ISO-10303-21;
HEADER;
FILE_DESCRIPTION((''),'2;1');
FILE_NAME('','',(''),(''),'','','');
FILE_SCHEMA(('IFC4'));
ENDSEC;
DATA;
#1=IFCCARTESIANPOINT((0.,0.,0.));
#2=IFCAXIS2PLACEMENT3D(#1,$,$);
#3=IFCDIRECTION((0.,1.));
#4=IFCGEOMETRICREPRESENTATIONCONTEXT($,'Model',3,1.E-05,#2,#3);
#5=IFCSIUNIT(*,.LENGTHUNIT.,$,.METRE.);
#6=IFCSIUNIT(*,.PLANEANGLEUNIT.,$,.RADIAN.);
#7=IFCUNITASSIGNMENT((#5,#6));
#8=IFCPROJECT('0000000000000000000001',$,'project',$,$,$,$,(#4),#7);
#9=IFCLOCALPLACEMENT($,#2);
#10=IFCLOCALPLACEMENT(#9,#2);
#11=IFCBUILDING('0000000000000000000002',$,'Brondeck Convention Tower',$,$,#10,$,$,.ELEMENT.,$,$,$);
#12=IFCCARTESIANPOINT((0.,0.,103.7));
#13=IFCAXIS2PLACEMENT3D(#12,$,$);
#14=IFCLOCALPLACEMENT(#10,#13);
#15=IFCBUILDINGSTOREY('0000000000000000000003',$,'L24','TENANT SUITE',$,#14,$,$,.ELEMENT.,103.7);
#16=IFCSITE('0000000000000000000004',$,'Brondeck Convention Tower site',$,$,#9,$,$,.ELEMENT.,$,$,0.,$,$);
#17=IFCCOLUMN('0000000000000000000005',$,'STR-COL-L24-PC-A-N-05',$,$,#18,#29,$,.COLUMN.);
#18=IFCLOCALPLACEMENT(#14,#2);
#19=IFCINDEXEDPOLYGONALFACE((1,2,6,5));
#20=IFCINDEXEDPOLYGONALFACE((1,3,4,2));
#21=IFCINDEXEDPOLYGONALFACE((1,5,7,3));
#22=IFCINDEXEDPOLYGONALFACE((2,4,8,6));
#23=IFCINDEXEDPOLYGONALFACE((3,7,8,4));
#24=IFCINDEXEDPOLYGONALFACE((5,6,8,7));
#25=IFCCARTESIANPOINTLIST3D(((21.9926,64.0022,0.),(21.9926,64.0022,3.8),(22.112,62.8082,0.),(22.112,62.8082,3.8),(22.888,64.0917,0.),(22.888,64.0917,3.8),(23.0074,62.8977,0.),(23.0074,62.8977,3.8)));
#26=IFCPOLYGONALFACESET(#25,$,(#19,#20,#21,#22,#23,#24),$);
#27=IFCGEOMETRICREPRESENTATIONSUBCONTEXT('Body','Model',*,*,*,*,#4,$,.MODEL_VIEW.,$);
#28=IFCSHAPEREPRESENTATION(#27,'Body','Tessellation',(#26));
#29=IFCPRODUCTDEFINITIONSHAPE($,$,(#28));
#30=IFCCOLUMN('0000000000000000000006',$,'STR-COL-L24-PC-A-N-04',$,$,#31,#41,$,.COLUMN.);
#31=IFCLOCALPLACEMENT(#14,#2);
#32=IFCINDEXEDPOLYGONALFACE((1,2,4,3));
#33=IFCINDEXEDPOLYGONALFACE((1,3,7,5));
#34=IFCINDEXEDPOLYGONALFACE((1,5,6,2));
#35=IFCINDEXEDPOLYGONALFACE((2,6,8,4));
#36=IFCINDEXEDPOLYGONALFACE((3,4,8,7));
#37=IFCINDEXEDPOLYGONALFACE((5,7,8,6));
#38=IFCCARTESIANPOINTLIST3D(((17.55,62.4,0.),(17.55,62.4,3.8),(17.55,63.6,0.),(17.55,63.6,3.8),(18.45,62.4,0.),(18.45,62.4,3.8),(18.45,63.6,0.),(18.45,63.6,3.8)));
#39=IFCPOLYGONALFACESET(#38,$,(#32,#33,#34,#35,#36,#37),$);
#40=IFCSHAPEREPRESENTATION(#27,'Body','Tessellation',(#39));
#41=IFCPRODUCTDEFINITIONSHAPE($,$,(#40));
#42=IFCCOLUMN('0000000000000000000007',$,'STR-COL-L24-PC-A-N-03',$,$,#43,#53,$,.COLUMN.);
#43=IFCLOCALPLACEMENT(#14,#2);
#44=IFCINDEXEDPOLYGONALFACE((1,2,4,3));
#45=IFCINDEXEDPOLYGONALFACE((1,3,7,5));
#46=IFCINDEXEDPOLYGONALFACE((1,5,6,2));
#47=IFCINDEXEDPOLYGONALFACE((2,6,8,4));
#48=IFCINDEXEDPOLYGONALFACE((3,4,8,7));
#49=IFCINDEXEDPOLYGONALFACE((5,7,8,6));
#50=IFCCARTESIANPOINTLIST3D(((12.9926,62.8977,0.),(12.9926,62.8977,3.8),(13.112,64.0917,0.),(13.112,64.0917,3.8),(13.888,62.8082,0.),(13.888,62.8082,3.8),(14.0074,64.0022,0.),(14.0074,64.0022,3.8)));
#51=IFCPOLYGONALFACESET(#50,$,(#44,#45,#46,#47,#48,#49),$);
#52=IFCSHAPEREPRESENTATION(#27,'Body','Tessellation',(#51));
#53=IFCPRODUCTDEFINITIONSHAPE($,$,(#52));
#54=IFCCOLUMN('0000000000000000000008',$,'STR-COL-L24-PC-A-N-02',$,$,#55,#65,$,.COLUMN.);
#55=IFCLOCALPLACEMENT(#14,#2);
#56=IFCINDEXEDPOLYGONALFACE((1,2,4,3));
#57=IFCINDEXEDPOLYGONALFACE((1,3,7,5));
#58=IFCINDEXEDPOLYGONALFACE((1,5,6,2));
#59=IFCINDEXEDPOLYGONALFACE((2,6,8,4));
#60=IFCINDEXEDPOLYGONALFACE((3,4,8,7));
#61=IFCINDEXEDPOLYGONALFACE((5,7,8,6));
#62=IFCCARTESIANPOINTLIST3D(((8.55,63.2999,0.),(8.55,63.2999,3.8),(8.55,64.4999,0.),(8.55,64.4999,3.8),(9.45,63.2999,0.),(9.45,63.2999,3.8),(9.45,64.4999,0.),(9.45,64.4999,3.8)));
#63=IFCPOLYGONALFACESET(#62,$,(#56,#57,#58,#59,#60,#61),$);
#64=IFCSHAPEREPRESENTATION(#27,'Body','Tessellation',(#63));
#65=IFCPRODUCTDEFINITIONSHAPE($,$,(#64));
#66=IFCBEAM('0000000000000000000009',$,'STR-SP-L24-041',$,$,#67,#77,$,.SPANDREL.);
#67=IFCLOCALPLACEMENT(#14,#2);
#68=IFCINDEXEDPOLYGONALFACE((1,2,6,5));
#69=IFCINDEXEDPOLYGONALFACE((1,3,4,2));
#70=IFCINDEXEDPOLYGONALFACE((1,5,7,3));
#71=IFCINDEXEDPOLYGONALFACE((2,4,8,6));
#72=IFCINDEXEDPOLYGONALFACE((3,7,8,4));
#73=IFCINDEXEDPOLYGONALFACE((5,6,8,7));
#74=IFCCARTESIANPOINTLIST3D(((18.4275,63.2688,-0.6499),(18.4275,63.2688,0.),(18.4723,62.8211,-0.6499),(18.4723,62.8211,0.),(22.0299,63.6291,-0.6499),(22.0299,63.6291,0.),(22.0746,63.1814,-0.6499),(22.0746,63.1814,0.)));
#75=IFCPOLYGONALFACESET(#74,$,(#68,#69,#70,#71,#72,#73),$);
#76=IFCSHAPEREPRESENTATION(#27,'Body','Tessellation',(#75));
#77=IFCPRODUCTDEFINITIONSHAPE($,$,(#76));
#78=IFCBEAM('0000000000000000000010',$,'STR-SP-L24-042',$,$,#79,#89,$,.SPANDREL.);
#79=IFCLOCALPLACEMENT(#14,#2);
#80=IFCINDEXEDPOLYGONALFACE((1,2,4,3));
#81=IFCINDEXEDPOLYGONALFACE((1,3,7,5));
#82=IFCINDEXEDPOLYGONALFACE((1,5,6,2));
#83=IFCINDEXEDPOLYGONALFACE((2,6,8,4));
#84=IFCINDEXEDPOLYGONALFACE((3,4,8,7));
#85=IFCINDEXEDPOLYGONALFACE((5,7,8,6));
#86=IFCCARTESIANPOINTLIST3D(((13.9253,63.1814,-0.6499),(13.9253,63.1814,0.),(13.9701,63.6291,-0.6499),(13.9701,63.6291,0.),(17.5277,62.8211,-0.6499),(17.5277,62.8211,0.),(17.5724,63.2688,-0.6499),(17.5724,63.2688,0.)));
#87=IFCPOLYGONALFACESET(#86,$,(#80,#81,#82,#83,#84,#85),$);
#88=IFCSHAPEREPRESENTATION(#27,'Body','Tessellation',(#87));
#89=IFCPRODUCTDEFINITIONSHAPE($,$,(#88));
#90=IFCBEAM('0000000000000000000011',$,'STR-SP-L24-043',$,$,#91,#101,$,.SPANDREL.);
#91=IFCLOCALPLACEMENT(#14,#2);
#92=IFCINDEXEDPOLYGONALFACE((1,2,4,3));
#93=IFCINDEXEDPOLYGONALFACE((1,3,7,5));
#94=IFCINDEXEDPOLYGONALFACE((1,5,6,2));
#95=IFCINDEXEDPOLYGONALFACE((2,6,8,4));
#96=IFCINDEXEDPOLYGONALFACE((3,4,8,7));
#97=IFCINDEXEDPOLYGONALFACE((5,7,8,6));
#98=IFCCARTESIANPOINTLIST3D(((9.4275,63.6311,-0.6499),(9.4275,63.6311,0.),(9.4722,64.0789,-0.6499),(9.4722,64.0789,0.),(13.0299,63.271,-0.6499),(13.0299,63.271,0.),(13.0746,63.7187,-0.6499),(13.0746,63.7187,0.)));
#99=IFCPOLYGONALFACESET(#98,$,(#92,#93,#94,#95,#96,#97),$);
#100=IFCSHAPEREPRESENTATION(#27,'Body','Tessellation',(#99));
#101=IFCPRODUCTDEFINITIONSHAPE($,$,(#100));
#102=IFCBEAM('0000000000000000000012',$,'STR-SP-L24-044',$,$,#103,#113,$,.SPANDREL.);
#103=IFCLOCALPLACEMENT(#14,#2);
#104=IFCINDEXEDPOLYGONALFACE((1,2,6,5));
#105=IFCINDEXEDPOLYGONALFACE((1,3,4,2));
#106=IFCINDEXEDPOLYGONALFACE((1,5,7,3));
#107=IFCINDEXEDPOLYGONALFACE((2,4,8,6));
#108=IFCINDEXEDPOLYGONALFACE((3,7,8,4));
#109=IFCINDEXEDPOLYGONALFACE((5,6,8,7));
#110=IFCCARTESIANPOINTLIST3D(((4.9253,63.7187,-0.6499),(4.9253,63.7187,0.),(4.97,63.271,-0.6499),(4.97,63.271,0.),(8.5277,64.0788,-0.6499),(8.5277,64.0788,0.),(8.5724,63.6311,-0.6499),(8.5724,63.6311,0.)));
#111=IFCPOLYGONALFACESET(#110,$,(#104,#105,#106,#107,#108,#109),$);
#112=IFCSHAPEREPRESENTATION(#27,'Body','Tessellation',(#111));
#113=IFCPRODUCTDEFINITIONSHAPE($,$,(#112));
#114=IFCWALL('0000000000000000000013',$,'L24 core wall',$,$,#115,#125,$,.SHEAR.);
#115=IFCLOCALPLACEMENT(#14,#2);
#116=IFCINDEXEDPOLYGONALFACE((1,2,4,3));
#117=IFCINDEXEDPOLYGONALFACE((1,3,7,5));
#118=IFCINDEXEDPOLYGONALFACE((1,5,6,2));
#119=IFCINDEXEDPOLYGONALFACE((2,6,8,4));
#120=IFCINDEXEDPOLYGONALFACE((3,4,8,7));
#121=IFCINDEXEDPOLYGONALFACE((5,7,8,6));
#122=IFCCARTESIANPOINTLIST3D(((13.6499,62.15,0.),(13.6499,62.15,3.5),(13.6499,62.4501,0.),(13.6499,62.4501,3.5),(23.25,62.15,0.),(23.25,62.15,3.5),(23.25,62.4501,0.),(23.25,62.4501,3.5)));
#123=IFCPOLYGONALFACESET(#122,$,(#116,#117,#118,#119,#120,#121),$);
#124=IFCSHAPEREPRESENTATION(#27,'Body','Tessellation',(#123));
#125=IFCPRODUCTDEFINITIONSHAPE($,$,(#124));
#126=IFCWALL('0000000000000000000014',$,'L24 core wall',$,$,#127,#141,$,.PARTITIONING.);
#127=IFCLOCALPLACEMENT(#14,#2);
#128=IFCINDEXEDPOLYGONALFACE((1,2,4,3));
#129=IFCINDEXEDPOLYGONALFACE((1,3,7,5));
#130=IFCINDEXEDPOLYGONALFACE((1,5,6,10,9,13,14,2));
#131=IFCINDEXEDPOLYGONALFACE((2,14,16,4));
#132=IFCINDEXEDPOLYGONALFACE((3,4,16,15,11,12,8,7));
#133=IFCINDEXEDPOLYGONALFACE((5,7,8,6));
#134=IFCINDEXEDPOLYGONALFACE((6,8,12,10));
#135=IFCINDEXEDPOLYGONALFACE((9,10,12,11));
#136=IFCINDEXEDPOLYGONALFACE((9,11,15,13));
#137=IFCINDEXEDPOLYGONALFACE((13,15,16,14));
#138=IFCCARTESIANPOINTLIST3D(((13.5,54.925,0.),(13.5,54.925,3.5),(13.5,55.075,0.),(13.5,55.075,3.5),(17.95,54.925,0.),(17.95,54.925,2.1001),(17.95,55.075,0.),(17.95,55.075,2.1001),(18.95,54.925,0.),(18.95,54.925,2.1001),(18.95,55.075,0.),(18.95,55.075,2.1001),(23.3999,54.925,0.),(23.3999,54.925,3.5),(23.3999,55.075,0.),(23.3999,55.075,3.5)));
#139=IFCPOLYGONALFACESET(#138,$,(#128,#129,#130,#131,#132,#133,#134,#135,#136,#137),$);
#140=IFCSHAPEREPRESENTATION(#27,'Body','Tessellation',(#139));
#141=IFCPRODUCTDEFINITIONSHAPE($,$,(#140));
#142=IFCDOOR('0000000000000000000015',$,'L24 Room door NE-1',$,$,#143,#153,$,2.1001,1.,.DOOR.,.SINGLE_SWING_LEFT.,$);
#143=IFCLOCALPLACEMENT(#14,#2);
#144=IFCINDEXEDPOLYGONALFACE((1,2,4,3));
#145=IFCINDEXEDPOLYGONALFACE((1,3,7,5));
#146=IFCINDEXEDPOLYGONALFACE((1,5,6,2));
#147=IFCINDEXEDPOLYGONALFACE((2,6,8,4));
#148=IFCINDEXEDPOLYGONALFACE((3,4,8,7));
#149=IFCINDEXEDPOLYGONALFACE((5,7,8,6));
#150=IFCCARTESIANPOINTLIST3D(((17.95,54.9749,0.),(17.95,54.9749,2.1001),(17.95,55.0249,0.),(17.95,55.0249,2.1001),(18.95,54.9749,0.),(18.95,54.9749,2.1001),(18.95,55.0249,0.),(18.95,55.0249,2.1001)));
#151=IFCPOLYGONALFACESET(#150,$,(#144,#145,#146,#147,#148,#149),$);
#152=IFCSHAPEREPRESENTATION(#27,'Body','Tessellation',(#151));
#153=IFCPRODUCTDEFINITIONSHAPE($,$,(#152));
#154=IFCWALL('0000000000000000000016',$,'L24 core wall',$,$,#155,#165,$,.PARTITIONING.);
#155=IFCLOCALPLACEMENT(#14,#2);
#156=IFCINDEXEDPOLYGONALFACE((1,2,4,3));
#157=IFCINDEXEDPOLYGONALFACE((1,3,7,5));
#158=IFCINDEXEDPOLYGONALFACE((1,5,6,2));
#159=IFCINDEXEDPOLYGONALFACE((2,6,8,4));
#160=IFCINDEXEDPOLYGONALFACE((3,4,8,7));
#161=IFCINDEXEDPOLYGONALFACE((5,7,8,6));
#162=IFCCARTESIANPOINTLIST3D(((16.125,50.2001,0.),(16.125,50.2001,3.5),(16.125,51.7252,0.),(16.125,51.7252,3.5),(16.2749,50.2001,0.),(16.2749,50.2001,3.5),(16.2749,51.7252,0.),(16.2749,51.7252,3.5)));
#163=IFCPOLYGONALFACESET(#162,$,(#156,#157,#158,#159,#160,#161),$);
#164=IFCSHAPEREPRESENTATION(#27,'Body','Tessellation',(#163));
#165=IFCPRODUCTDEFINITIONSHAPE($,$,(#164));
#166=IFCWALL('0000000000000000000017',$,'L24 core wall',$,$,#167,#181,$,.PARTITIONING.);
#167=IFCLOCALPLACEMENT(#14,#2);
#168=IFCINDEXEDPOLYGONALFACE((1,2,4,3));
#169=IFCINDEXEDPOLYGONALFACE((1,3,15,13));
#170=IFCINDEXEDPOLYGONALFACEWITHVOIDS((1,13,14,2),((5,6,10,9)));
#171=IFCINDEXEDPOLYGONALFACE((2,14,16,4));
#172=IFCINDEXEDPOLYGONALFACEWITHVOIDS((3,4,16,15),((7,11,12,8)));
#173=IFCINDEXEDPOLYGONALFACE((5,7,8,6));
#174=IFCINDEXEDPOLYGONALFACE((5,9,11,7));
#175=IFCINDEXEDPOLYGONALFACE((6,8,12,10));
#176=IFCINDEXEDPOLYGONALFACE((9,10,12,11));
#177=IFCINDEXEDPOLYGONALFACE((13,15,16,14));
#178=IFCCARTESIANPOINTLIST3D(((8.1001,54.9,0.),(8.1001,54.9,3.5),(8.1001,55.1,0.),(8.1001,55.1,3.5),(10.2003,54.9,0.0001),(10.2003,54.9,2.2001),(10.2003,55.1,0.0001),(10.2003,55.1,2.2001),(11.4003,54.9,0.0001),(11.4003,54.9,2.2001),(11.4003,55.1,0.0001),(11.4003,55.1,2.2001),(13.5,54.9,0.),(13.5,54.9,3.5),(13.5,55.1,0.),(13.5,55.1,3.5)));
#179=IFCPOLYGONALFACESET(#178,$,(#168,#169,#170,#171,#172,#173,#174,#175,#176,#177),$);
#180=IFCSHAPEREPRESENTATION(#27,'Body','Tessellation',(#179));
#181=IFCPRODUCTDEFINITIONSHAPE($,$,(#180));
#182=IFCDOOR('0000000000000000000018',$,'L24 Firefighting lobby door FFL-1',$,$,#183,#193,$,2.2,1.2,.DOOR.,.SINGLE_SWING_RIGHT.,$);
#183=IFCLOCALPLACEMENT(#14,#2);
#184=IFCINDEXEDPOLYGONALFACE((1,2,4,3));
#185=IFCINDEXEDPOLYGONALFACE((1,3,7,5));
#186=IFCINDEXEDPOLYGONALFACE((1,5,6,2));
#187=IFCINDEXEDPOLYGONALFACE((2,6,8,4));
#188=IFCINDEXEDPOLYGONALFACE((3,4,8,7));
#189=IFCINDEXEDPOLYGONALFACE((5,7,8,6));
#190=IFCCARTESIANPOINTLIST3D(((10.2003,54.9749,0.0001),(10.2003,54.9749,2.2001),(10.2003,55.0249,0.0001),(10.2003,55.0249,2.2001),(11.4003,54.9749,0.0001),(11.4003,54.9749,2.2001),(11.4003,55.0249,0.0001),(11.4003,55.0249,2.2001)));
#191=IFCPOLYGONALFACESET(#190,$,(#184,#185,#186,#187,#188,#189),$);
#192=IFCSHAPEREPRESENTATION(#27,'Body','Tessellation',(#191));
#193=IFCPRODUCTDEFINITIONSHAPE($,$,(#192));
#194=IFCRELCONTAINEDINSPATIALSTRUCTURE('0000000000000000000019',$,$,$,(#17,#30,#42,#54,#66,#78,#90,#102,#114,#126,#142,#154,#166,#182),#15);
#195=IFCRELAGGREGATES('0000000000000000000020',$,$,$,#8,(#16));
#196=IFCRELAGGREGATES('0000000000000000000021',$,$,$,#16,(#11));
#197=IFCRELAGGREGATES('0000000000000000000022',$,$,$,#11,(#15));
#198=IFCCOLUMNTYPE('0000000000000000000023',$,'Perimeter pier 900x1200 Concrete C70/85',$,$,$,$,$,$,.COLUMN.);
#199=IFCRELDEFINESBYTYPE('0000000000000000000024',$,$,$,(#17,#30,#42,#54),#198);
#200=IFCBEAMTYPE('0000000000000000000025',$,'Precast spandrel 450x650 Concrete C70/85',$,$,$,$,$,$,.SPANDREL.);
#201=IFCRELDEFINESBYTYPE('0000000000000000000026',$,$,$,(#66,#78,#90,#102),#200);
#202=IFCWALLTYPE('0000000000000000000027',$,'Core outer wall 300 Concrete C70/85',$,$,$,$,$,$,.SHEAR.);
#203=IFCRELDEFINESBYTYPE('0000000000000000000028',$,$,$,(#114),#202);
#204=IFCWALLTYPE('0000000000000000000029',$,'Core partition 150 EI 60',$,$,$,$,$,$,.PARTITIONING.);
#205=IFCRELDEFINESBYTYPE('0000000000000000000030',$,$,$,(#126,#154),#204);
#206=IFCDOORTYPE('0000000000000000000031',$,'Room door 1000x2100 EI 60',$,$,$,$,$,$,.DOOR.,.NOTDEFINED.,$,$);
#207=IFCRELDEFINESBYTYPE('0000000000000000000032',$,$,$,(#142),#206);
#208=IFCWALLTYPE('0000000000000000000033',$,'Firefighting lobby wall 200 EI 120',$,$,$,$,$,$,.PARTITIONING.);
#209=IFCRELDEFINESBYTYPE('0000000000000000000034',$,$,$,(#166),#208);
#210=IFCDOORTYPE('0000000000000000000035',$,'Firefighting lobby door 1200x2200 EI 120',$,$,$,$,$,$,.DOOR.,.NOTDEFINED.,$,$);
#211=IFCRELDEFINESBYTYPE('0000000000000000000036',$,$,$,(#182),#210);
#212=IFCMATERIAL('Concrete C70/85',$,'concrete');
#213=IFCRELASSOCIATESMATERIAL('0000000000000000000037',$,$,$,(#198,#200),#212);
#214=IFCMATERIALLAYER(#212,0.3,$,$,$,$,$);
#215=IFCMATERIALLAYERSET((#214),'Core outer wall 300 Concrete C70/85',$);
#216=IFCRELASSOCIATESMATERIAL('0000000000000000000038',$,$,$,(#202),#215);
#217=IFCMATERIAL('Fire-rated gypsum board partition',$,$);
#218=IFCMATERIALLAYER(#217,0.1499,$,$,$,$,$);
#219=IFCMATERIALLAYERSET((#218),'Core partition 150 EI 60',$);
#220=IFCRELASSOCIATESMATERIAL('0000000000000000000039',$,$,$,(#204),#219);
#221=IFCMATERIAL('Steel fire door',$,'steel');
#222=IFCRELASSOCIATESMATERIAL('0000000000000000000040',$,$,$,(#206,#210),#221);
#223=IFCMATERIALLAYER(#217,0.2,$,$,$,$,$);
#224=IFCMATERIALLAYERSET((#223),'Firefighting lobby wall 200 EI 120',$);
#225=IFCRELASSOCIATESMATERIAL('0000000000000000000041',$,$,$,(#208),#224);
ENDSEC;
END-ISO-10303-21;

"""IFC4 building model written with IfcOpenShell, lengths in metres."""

from ifc_helpers import new_model, si_unit, direction, frame, frame_2d, origin, origin_2d, place, context, subcontext, project, spatial, rectangle, extrude, material, layer, layer_set, material_profile, profile_set, type_object, element, fill, save


model = new_model("IFC4")

# Units and contexts
model_context = context("Model", 3, precision=1e-05, world=origin(), true_north=direction((0.0, 1.0)))
body_context = subcontext(model_context, "Body", "Model", "MODEL_VIEW")
ifc_project = project(units=[si_unit("LENGTHUNIT", "METRE"), si_unit("PLANEANGLEUNIT", "RADIAN")], contexts=[model_context])

# Site, building, storey
site_placement = place(None, origin())
site = spatial("IfcSite", under=ifc_project, at=site_placement, Name="Brondeck Convention Tower site", CompositionType="ELEMENT", RefElevation=0.0)
building_placement = place(site_placement, origin())
building = spatial("IfcBuilding", under=site, at=building_placement, Name="Brondeck Convention Tower", CompositionType="ELEMENT")
storey_placement = place(building_placement, frame((0.0, 0.0, 103.7)))
storey = spatial("IfcBuildingStorey", under=building, at=storey_placement, Name="L24", Description="TENANT SUITE", CompositionType="ELEMENT", Elevation=103.7)

# Columns
ifc_material_1 = material(Name="Concrete C70/85", Category="concrete")
ifc_material_profile_1 = material_profile(ifc_material_1, rectangle(XDim=0.8999, YDim=1.2, at=origin_2d()), Name="Perimeter pier 900x1200 Concrete C70/85")
ifc_profile_set_1 = profile_set([ifc_material_profile_1], Name="Concrete C70/85")
column_type = type_object("IfcColumnType", Name="Perimeter pier 900x1200 Concrete C70/85", PredefinedType="COLUMN", material=ifc_profile_set_1)
for number, where, z_axis, x_axis, name in (
    (1, (22.5, 63.45, 0.0), (0.0, 0.0, 1.0), (-0.995037, -0.099504, 0.0), "STR-COL-L24-PC-A-N-05"),
    (2, (18.0, 63.0, 0.0), (0.0, 0.0, 1.0), (-1.0, 0.0, 0.0), "STR-COL-L24-PC-A-N-04"),
    (3, (13.5, 63.45, 0.0), (0.0, 0.0, 1.0), (-0.995037, 0.099504, 0.0), "STR-COL-L24-PC-A-N-03"),
    (4, (9.0, 63.8999, 0.0), (0.0, 0.0, 1.0), (-1.0, 0.0, 0.0), "STR-COL-L24-PC-A-N-02"),
):
    element("IfcColumn", number, at=place(storey_placement, frame(where, z_axis=z_axis, x_axis=x_axis)), inside=storey, type_object=column_type, Name=name, PredefinedType="COLUMN", context=body_context, shape_type="SweptSolid", body=[
        extrude(rectangle(XDim=0.8999, YDim=1.2, at=origin_2d()), origin(), (0.0, 0.0, 1.0), 3.8),
    ])

# Beams
ifc_material_profile_2 = material_profile(ifc_material_1, rectangle(XDim=0.45, YDim=0.6499, at=origin_2d()), Name="Precast spandrel 450x650 Concrete C70/85")
ifc_profile_set_2 = profile_set([ifc_material_profile_2], Name="Concrete C70/85")
beam_type = type_object("IfcBeamType", Name="Precast spandrel 450x650 Concrete C70/85", PredefinedType="SPANDREL", material=ifc_profile_set_2)
for number, where, z_axis, x_axis, name in (
    (5, (22.0522, 63.4053, -0.325), (-0.995034, -0.099537, 0.0), (0.099537, -0.995034, 0.0), "STR-SP-L24-041"),
    (6, (17.55, 63.0449, -0.325), (-0.995034, 0.099537, 0.0), (-0.099537, -0.995034, 0.0), "STR-SP-L24-042"),
    (7, (13.0522, 63.4949, -0.325), (-0.995041, 0.09947, 0.0), (-0.09947, -0.995041, 0.0), "STR-SP-L24-043"),
    (8, (8.55, 63.855, -0.325), (-0.995041, -0.09947, 0.0), (0.09947, -0.995041, 0.0), "STR-SP-L24-044"),
):
    element("IfcBeam", number, at=place(storey_placement, frame(where, z_axis=z_axis, x_axis=x_axis)), inside=storey, type_object=beam_type, Name=name, PredefinedType="SPANDREL", context=body_context, shape_type="SweptSolid", body=[
        extrude(rectangle(XDim=0.45, YDim=0.6499, at=origin_2d()), origin(), (0.0, 0.0, 1.0), 3.6204),
    ])

# Wall
ifc_layer_1 = layer(ifc_material_1, 0.3)
ifc_layer_set_1 = layer_set([ifc_layer_1], Name="Core outer wall 300 Concrete C70/85")
wall_type_1 = type_object("IfcWallType", Name="Core outer wall 300 Concrete C70/85", PredefinedType="SHEAR", material=ifc_layer_set_1)
wall_1_placement = place(storey_placement, frame((13.6499, 62.3, 0.0), z_axis=(0.0, 0.0, 1.0), x_axis=(1.0, 0.0, 0.0)))
element("IfcWall", 9, at=wall_1_placement, inside=storey, type_object=wall_type_1, Name="L24 core wall", PredefinedType="SHEAR", context=body_context, shape_type="SweptSolid", body=[
    extrude(rectangle(XDim=9.6001, YDim=0.3, at=frame_2d((4.8, 0.0))), origin(), (0.0, 0.0, 1.0), 3.5),
])

# Wall, opening, door
ifc_material_2 = material(Name="Fire-rated gypsum board partition")
ifc_layer_2 = layer(ifc_material_2, 0.1499)
ifc_layer_set_2 = layer_set([ifc_layer_2], Name="Core partition 150 EI 60")
wall_type_2 = type_object("IfcWallType", Name="Core partition 150 EI 60", PredefinedType="PARTITIONING", material=ifc_layer_set_2)
wall_2_placement = place(storey_placement, frame((13.5, 55.0, 0.0), z_axis=(0.0, 0.0, 1.0), x_axis=(1.0, 0.0, 0.0)))
wall_2 = element("IfcWall", 10, at=wall_2_placement, inside=storey, type_object=wall_type_2, Name="L24 core wall", PredefinedType="PARTITIONING", context=body_context, shape_type="SweptSolid", body=[
    extrude(rectangle(XDim=9.8999, YDim=0.1499, at=frame_2d((4.95, 0.0))), origin(), (0.0, 0.0, 1.0), 3.5),
])
opening_1_placement = place(wall_2_placement, frame((4.45, 0.0, 0.0)))
opening_1 = element("IfcOpeningElement", 11, at=opening_1_placement, cuts=wall_2, PredefinedType="OPENING", context=body_context, shape_type="SweptSolid", body=[
    extrude(rectangle(XDim=1.0, YDim=2.1001, at=frame_2d((0.5, 1.05))), frame((0.0, 0.085, 0.0), z_axis=(0.0, -1.0, 0.0), x_axis=(1.0, 0.0, 0.0)), (0.0, 0.0, 1.0), 0.1699),
])
ifc_material_3 = material(Name="Steel fire door", Category="steel")
door_type_1 = type_object("IfcDoorType", Name="Room door 1000x2100 EI 60", OperationType="NOTDEFINED", PredefinedType="DOOR", material=ifc_material_3)
door_1_placement = place(opening_1_placement, origin())
door_1 = element("IfcDoor", 12, at=door_1_placement, inside=storey, type_object=door_type_1, Name="L24 Room door NE-1", OperationType="SINGLE_SWING_LEFT", OverallHeight=2.1001, OverallWidth=1.0, PredefinedType="DOOR", context=body_context, shape_type="SweptSolid", body=[
    extrude(rectangle(XDim=1.0, YDim=2.1001, at=frame_2d((0.5, 1.05))), frame((0.0, 0.0249, 0.0), z_axis=(0.0, -1.0, 0.0), x_axis=(1.0, 0.0, 0.0)), (0.0, 0.0, 1.0), 0.05),
])
fill(opening_1, door_1)

# Wall
wall_3_placement = place(storey_placement, frame((16.2, 50.2, 0.0), z_axis=(0.0, 0.0, 1.0), x_axis=(0.0, 1.0, 0.0)))
element("IfcWall", 13, at=wall_3_placement, inside=storey, type_object=wall_type_2, Name="L24 core wall", PredefinedType="PARTITIONING", context=body_context, shape_type="SweptSolid", body=[
    extrude(rectangle(XDim=1.5251, YDim=0.1499, at=frame_2d((0.7627, 0.0))), origin(), (0.0, 0.0, 1.0), 3.5),
])

# Wall, opening, door
ifc_layer_3 = layer(ifc_material_2, 0.2)
ifc_layer_set_3 = layer_set([ifc_layer_3], Name="Firefighting lobby wall 200 EI 120")
wall_type_3 = type_object("IfcWallType", Name="Firefighting lobby wall 200 EI 120", PredefinedType="PARTITIONING", material=ifc_layer_set_3)
wall_4_placement = place(storey_placement, frame((8.1001, 55.0, 0.0), z_axis=(0.0, 0.0, 1.0), x_axis=(1.0, 0.0, 0.0)))
wall_4 = element("IfcWall", 14, at=wall_4_placement, inside=storey, type_object=wall_type_3, Name="L24 core wall", PredefinedType="PARTITIONING", context=body_context, shape_type="SweptSolid", body=[
    extrude(rectangle(XDim=5.3999, YDim=0.2, at=frame_2d((2.7, 0.0))), origin(), (0.0, 0.0, 1.0), 3.5),
])
opening_2_placement = place(wall_4_placement, frame((2.1001, 0.0, 0.0)))
opening_2 = element("IfcOpeningElement", 15, at=opening_2_placement, cuts=wall_4, PredefinedType="OPENING", context=body_context, shape_type="SweptSolid", body=[
    extrude(rectangle(XDim=1.2, YDim=2.2, at=frame_2d((0.6001, 1.1001))), frame((0.0, 0.1099, 0.0), z_axis=(0.0, -1.0, 0.0), x_axis=(1.0, 0.0, 0.0)), (0.0, 0.0, 1.0), 0.22),
])
door_type_2 = type_object("IfcDoorType", Name="Firefighting lobby door 1200x2200 EI 120", OperationType="NOTDEFINED", PredefinedType="DOOR", material=ifc_material_3)
door_2_placement = place(opening_2_placement, origin())
door_2 = element("IfcDoor", 16, at=door_2_placement, inside=storey, type_object=door_type_2, Name="L24 Firefighting lobby door FFL-1", OperationType="SINGLE_SWING_RIGHT", OverallHeight=2.2, OverallWidth=1.2, PredefinedType="DOOR", context=body_context, shape_type="SweptSolid", body=[
    extrude(rectangle(XDim=1.2, YDim=2.2, at=frame_2d((0.6001, 1.1001))), frame((0.0, 0.0249, 0.0), z_axis=(0.0, -1.0, 0.0), x_axis=(1.0, 0.0, 0.0)), (0.0, 0.0, 1.0), 0.05),
])
fill(opening_2, door_2)

save(model, "model.ifc")
